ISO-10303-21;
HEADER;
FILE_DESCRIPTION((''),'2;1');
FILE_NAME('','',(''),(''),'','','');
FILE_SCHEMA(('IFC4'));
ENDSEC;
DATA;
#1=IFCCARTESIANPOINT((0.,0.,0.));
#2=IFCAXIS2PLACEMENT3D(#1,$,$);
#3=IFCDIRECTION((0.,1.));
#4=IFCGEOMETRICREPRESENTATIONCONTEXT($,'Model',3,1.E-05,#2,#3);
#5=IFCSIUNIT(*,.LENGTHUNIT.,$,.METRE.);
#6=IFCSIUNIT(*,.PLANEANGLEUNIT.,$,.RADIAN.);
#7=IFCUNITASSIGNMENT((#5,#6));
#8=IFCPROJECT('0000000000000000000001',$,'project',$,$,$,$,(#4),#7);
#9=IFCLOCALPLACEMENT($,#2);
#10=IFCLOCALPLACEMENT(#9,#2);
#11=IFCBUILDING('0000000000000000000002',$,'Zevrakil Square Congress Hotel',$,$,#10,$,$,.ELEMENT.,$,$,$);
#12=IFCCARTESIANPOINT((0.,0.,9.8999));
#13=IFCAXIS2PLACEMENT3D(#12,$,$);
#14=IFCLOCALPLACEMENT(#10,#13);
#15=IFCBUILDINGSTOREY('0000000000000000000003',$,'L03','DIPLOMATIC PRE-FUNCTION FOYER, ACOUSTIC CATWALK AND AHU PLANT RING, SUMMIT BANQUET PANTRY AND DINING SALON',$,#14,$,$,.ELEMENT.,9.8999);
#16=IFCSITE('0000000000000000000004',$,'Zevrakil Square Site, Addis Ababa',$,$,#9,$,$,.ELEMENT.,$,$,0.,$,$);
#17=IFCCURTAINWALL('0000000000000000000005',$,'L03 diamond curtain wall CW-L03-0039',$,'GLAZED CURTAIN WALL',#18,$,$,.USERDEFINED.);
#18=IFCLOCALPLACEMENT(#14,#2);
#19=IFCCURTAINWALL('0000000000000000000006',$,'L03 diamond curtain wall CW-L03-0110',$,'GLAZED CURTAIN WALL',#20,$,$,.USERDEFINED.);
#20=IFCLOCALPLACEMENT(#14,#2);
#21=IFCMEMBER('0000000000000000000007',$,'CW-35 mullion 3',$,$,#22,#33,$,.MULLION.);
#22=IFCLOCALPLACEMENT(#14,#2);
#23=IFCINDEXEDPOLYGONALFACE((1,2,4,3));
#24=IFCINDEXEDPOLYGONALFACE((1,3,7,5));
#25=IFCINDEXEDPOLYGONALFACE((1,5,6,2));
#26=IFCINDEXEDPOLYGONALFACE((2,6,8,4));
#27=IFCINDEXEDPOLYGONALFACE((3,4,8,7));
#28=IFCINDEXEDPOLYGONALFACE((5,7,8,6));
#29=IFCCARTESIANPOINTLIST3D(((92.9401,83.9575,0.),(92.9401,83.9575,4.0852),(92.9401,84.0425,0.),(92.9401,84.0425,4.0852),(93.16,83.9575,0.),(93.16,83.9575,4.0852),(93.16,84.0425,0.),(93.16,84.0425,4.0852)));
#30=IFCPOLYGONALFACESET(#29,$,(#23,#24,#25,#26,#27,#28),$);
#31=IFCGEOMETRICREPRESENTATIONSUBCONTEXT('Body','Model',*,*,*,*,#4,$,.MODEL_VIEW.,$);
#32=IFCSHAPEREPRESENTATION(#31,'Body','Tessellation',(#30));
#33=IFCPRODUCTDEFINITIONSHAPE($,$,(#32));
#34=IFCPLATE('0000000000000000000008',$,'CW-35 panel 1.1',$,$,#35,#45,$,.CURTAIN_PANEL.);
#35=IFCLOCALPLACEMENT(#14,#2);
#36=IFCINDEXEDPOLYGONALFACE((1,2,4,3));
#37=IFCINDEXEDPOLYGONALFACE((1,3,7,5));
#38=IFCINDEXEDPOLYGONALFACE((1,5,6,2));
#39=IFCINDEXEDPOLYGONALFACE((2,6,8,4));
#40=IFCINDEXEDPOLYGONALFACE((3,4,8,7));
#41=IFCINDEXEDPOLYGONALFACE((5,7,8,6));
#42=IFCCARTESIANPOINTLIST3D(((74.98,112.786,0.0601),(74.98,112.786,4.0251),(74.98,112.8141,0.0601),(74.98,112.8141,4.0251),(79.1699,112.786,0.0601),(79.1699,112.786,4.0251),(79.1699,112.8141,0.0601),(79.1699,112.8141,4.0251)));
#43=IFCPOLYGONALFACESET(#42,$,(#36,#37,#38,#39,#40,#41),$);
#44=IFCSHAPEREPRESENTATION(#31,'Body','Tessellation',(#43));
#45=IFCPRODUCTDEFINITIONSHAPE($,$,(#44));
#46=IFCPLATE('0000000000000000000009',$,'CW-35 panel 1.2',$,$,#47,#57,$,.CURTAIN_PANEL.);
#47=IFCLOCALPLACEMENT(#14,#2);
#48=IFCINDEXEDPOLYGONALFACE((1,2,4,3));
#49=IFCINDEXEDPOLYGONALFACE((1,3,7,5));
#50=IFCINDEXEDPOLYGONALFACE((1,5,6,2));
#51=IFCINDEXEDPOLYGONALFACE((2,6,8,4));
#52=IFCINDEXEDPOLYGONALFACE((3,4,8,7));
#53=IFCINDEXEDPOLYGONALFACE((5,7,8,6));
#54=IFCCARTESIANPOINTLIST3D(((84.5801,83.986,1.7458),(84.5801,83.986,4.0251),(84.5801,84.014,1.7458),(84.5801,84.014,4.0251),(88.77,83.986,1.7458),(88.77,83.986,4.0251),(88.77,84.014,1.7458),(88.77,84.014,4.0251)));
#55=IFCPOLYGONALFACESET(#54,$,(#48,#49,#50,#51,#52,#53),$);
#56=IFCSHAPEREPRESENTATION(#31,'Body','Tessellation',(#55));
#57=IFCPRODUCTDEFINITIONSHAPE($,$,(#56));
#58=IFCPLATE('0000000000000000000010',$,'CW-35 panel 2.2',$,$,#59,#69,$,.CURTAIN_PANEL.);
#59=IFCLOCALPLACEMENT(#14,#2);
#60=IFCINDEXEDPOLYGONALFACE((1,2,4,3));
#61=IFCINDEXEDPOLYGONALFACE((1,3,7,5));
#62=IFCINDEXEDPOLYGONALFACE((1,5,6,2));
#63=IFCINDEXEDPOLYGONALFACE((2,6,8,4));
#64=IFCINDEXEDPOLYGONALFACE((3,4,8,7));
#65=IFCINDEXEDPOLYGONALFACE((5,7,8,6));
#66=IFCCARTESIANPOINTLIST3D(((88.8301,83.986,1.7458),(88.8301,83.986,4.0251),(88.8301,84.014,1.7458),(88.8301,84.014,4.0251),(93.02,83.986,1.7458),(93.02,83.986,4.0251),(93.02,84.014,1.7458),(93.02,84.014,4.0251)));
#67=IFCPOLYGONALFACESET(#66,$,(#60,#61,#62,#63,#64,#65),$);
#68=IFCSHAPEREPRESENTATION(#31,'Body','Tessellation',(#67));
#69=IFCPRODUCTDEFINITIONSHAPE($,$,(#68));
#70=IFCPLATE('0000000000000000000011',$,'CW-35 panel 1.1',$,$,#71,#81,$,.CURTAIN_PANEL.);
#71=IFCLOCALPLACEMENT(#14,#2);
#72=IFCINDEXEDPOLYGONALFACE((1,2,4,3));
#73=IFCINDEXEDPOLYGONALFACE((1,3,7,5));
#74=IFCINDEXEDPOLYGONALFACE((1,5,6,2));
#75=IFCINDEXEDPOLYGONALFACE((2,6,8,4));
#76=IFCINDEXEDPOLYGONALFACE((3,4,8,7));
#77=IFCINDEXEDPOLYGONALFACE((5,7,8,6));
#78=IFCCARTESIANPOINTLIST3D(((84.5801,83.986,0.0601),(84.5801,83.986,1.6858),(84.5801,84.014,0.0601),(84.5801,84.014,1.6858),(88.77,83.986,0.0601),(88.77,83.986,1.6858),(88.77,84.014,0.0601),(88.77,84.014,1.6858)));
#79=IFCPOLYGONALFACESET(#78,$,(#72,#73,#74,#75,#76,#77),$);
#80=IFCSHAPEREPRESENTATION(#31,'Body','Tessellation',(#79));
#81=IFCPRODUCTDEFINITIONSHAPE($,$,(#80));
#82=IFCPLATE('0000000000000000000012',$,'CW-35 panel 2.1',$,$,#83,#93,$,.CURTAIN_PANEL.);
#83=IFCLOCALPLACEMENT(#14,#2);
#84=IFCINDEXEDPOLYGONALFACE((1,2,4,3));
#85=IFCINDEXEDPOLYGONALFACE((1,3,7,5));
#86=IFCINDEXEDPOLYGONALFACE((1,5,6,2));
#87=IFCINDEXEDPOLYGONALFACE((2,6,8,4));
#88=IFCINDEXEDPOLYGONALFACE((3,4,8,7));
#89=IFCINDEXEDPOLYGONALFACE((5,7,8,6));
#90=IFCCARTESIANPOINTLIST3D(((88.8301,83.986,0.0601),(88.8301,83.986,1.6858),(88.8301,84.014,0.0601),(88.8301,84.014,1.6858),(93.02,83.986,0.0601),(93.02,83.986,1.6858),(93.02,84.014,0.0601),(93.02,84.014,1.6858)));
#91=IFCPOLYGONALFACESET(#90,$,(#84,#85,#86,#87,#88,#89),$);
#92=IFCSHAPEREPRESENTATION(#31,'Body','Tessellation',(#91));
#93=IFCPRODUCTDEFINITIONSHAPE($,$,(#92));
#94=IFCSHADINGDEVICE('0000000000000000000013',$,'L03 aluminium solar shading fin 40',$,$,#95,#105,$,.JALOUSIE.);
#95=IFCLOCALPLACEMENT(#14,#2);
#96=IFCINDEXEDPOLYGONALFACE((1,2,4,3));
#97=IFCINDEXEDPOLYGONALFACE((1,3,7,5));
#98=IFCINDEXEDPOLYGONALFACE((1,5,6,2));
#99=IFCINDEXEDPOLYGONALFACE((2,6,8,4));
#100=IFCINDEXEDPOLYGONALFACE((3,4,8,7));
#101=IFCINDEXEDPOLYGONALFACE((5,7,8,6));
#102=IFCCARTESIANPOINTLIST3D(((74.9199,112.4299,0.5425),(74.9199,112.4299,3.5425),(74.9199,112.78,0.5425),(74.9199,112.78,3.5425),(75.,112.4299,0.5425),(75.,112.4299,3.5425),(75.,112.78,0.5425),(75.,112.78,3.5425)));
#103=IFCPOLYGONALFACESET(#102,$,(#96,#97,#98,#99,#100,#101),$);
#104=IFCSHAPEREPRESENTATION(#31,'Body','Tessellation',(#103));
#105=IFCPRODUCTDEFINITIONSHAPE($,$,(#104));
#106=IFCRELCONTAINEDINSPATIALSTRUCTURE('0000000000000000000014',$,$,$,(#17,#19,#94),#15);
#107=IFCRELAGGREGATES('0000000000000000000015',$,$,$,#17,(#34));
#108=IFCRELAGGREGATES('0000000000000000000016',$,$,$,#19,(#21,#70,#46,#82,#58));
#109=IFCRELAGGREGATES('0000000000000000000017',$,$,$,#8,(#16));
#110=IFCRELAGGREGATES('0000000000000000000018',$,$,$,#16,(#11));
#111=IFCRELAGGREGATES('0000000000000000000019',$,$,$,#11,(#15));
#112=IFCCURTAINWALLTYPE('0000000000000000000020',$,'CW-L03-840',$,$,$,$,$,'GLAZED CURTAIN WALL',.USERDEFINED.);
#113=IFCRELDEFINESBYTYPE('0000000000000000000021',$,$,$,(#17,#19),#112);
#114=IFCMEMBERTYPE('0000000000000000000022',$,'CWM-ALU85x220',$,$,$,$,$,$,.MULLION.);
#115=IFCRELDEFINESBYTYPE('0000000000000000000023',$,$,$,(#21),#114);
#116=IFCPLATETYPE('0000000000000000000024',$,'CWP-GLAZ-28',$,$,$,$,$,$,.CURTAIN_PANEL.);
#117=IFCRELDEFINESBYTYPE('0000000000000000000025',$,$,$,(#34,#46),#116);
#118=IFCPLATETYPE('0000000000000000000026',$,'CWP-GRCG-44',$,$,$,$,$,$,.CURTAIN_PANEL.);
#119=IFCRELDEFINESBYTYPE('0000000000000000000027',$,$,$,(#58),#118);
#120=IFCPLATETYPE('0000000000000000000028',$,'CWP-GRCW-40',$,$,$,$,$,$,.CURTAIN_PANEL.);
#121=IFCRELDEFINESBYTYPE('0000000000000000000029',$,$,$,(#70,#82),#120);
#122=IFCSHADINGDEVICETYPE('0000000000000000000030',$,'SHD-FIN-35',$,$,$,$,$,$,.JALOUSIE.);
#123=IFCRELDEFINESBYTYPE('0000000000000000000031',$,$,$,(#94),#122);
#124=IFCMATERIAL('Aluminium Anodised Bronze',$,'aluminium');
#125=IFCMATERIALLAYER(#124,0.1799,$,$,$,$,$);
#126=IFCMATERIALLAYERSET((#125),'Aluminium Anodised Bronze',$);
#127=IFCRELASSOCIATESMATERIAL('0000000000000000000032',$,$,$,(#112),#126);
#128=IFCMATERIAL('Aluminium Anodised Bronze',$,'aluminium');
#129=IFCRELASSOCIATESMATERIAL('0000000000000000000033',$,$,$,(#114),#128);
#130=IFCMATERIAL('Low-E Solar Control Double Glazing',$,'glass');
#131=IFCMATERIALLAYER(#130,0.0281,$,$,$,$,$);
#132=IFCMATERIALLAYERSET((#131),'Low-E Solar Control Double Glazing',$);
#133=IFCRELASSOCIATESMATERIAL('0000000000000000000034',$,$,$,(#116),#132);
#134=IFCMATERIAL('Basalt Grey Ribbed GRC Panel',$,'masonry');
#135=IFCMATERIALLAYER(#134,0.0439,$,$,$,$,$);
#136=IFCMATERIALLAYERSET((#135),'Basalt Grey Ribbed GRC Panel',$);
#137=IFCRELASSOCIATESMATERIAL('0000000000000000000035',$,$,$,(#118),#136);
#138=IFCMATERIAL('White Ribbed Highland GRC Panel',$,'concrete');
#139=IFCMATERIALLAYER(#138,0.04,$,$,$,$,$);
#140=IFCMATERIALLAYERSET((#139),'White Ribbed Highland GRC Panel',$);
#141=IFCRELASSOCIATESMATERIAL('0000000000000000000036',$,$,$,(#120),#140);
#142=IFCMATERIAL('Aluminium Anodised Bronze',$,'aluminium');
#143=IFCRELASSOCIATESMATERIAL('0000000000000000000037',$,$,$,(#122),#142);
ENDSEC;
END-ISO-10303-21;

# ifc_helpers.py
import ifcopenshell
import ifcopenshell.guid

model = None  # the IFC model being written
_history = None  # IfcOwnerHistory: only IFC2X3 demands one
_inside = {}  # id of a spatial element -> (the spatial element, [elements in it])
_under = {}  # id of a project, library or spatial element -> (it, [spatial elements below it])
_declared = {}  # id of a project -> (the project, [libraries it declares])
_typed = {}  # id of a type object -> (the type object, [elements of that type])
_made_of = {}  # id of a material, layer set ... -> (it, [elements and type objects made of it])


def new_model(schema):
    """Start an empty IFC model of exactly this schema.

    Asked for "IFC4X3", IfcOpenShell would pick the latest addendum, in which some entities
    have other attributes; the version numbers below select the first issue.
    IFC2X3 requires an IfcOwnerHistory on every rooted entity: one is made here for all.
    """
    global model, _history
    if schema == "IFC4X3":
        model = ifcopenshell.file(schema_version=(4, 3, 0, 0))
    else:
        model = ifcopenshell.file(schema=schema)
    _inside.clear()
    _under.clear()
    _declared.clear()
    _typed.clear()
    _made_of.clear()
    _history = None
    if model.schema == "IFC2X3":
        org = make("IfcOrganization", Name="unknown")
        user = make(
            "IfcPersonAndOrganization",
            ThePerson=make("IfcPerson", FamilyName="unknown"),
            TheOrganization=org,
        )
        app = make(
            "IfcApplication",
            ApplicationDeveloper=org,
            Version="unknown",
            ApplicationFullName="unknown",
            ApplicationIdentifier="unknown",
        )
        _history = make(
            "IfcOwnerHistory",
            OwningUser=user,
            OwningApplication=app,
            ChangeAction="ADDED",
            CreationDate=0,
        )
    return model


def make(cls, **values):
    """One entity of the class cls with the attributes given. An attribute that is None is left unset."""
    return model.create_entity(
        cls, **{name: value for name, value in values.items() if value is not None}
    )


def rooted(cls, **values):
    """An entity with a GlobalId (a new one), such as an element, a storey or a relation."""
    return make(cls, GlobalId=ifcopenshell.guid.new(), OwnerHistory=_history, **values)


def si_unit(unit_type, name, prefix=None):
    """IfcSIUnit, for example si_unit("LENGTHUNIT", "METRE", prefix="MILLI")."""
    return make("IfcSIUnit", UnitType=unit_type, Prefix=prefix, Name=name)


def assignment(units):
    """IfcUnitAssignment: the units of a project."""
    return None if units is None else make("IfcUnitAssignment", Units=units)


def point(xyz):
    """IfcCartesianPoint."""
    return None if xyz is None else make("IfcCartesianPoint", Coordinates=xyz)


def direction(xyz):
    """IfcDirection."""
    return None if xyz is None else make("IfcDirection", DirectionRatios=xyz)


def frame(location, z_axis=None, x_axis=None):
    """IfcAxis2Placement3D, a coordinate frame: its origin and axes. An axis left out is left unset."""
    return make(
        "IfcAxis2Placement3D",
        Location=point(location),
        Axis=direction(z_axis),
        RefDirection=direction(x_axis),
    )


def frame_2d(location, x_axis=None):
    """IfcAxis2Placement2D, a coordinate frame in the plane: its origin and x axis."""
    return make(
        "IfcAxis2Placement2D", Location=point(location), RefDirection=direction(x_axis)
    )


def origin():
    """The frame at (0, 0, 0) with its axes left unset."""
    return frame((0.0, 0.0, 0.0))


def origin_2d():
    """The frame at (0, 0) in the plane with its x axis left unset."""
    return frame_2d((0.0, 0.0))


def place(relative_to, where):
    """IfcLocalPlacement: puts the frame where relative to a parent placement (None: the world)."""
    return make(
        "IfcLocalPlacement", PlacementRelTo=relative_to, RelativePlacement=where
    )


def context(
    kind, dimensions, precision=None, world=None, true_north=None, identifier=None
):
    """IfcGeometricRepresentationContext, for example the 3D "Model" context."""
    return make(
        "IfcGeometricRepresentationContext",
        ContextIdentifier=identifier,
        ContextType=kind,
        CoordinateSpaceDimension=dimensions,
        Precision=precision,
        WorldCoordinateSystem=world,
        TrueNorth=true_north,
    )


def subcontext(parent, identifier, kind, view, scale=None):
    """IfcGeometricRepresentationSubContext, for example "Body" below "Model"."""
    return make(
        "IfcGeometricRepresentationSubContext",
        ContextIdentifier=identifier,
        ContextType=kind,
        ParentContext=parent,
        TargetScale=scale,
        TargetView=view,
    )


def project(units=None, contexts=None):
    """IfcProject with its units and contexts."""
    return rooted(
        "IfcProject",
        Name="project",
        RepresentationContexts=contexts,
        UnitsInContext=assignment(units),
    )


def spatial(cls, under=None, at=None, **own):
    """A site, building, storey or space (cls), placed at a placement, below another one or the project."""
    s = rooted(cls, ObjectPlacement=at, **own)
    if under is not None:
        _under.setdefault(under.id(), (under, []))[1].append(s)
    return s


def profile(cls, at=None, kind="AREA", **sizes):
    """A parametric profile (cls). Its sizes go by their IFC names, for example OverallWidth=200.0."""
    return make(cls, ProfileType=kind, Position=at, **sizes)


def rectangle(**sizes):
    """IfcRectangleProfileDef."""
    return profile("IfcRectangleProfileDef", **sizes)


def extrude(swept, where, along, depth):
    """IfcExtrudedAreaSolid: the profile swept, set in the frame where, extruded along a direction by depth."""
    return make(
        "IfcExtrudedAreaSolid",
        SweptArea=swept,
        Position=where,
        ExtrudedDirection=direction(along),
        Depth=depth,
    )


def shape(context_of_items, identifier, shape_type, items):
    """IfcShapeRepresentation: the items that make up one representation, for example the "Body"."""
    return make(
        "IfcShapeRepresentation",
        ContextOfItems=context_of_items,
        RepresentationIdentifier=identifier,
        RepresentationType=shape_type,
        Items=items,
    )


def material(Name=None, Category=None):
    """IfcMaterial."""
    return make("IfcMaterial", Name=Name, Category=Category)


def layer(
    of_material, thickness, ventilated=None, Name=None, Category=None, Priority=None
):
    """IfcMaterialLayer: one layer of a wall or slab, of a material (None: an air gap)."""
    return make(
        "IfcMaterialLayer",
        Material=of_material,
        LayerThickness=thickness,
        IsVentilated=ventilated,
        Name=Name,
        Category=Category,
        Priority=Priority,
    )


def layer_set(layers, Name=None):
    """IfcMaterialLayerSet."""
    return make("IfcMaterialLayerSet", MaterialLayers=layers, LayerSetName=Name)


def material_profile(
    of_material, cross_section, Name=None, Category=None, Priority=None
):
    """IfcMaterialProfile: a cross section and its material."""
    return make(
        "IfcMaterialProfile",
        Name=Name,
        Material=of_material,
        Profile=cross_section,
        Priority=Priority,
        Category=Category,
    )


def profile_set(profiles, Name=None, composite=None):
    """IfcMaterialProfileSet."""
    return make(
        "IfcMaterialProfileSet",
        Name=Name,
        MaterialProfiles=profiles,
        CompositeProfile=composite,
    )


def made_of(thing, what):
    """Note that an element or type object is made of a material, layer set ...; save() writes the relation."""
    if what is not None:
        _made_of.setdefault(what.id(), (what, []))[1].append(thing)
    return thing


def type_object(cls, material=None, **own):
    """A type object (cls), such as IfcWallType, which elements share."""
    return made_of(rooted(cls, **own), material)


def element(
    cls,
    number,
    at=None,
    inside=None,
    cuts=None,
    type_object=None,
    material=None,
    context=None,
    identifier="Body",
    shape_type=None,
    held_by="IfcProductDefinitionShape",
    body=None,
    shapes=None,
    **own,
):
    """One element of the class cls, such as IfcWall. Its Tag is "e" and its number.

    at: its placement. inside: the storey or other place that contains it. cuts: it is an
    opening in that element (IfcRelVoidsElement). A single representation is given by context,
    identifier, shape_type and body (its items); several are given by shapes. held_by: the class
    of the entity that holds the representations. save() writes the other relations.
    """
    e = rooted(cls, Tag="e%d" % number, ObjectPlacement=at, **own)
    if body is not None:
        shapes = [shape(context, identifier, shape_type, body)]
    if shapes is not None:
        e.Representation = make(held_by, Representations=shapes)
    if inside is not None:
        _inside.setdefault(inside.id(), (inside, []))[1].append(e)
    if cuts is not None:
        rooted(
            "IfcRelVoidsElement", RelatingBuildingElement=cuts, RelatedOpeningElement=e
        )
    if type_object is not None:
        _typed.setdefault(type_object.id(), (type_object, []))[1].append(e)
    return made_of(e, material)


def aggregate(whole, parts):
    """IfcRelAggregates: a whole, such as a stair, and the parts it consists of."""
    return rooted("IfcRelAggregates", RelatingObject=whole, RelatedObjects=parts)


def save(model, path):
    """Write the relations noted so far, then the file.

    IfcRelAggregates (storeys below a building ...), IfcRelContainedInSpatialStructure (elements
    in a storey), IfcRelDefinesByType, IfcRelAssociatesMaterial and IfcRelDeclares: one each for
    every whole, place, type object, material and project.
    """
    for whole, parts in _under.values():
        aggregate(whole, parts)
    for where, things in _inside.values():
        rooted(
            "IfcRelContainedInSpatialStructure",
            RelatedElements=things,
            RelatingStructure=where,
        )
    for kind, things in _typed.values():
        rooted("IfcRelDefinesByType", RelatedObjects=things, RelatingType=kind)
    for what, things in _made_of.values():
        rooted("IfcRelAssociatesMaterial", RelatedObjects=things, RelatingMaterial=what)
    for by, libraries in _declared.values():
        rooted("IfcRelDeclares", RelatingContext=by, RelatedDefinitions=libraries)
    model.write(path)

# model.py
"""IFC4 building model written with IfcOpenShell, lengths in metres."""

from ifc_helpers import new_model, si_unit, direction, frame, origin, origin_2d, place, context, subcontext, project, spatial, rectangle, extrude, material, layer, layer_set, material_profile, profile_set, type_object, element, aggregate, save


model = new_model("IFC4")

# Units and contexts
model_context = context("Model", 3, precision=1e-05, world=origin(), true_north=direction((0.0, 1.0)))
body_context = subcontext(model_context, "Body", "Model", "MODEL_VIEW")
ifc_project = project(units=[si_unit("LENGTHUNIT", "METRE"), si_unit("PLANEANGLEUNIT", "RADIAN")], contexts=[model_context])

# Site, building, storey
site_placement = place(None, origin())
site = spatial("IfcSite", under=ifc_project, at=site_placement, Name="Zevrakil Square Site, Addis Ababa", CompositionType="ELEMENT", RefElevation=0.0)
building_placement = place(site_placement, origin())
building = spatial("IfcBuilding", under=site, at=building_placement, Name="Zevrakil Square Congress Hotel", CompositionType="ELEMENT")
storey_placement = place(building_placement, frame((0.0, 0.0, 9.8999)))
storey = spatial("IfcBuildingStorey", under=building, at=storey_placement, Name="L03", Description="DIPLOMATIC PRE-FUNCTION FOYER, ACOUSTIC CATWALK AND AHU PLANT RING, SUMMIT BANQUET PANTRY AND DINING SALON", CompositionType="ELEMENT", Elevation=9.8999)

# Curtain walls
ifc_material_1 = material(Name="Aluminium Anodised Bronze", Category="aluminium")
ifc_layer_1 = layer(ifc_material_1, 0.1799)
ifc_layer_set_1 = layer_set([ifc_layer_1], Name="Aluminium Anodised Bronze")
curtain_wall_type = type_object("IfcCurtainWallType", Name="CW-L03-840", ElementType="GLAZED CURTAIN WALL", PredefinedType="USERDEFINED", material=ifc_layer_set_1)
curtain_wall_1_placement = place(storey_placement, origin())
curtain_wall_1 = element("IfcCurtainWall", 1, at=curtain_wall_1_placement, inside=storey, type_object=curtain_wall_type, Name="L03 diamond curtain wall CW-L03-0039", ObjectType="GLAZED CURTAIN WALL", PredefinedType="USERDEFINED")
curtain_wall_2_placement = place(storey_placement, origin())
curtain_wall_2 = element("IfcCurtainWall", 2, at=curtain_wall_2_placement, inside=storey, type_object=curtain_wall_type, Name="L03 diamond curtain wall CW-L03-0110", ObjectType="GLAZED CURTAIN WALL", PredefinedType="USERDEFINED")

# Member
ifc_material_2 = material(Name="Aluminium Anodised Bronze", Category="aluminium")
ifc_material_profile_1 = material_profile(ifc_material_2, rectangle(XDim=0.085, YDim=0.22, at=origin_2d()), Name="ALU 85x220")
ifc_profile_set_1 = profile_set([ifc_material_profile_1], Name="Aluminium Anodised Bronze")
member_type_1 = type_object("IfcMemberType", Name="CWM-ALU85x220", PredefinedType="MULLION", material=ifc_profile_set_1)
member_1_placement = place(storey_placement, frame((93.05, 84.0, 0.0), z_axis=(0.0, 0.0, 1.0), x_axis=(0.0, 1.0, 0.0)))
member_1 = element("IfcMember", 3, at=member_1_placement, type_object=member_type_1, Name="CW-35 mullion 3", PredefinedType="MULLION", context=body_context, shape_type="SweptSolid", body=[
    extrude(rectangle(XDim=0.085, YDim=0.22, at=origin_2d()), origin(), (0.0, 0.0, 1.0), 4.0852),
])

# Plates
ifc_material_3 = material(Name="Low-E Solar Control Double Glazing", Category="glass")
ifc_layer_2 = layer(ifc_material_3, 0.0281)
ifc_layer_set_2 = layer_set([ifc_layer_2], Name="Low-E Solar Control Double Glazing")
plate_type_1 = type_object("IfcPlateType", Name="CWP-GLAZ-28", PredefinedType="CURTAIN_PANEL", material=ifc_layer_set_2)
plate_1_placement = place(storey_placement, frame((77.075, 112.8, 0.0601), z_axis=(0.0, 0.0, 1.0), x_axis=(1.0, 0.0, 0.0)))
plate_1 = element("IfcPlate", 4, at=plate_1_placement, type_object=plate_type_1, Name="CW-35 panel 1.1", PredefinedType="CURTAIN_PANEL", context=body_context, shape_type="SweptSolid", body=[
    extrude(rectangle(XDim=4.1899, YDim=0.0281, at=origin_2d()), origin(), (0.0, 0.0, 1.0), 3.9651),
])
aggregate(curtain_wall_1, [plate_1])
plate_2_placement = place(storey_placement, frame((86.675, 84.0, 1.7458), z_axis=(0.0, 0.0, 1.0), x_axis=(1.0, 0.0, 0.0)))
plate_2 = element("IfcPlate", 5, at=plate_2_placement, type_object=plate_type_1, Name="CW-35 panel 1.2", PredefinedType="CURTAIN_PANEL", context=body_context, shape_type="SweptSolid", body=[
    extrude(rectangle(XDim=4.1899, YDim=0.0281, at=origin_2d()), origin(), (0.0, 0.0, 1.0), 2.2793),
])
ifc_material_4 = material(Name="Basalt Grey Ribbed GRC Panel", Category="masonry")
ifc_layer_3 = layer(ifc_material_4, 0.0439)
ifc_layer_set_3 = layer_set([ifc_layer_3], Name="Basalt Grey Ribbed GRC Panel")
plate_type_2 = type_object("IfcPlateType", Name="CWP-GRCG-44", PredefinedType="CURTAIN_PANEL", material=ifc_layer_set_3)
plate_3_placement = place(storey_placement, frame((90.925, 84.0, 1.7458), z_axis=(0.0, 0.0, 1.0), x_axis=(1.0, 0.0, 0.0)))
plate_3 = element("IfcPlate", 6, at=plate_3_placement, type_object=plate_type_2, Name="CW-35 panel 2.2", PredefinedType="CURTAIN_PANEL", context=body_context, shape_type="SweptSolid", body=[
    extrude(rectangle(XDim=4.1899, YDim=0.0281, at=origin_2d()), origin(), (0.0, 0.0, 1.0), 2.2793),
])
ifc_material_5 = material(Name="White Ribbed Highland GRC Panel", Category="concrete")
ifc_layer_4 = layer(ifc_material_5, 0.04)
ifc_layer_set_4 = layer_set([ifc_layer_4], Name="White Ribbed Highland GRC Panel")
plate_type_3 = type_object("IfcPlateType", Name="CWP-GRCW-40", PredefinedType="CURTAIN_PANEL", material=ifc_layer_set_4)
plate_4_placement = place(storey_placement, frame((86.675, 84.0, 0.0601), z_axis=(0.0, 0.0, 1.0), x_axis=(1.0, 0.0, 0.0)))
plate_4 = element("IfcPlate", 7, at=plate_4_placement, type_object=plate_type_3, Name="CW-35 panel 1.1", PredefinedType="CURTAIN_PANEL", context=body_context, shape_type="SweptSolid", body=[
    extrude(rectangle(XDim=4.1899, YDim=0.0281, at=origin_2d()), origin(), (0.0, 0.0, 1.0), 1.6257),
])
plate_5_placement = place(storey_placement, frame((90.925, 84.0, 0.0601), z_axis=(0.0, 0.0, 1.0), x_axis=(1.0, 0.0, 0.0)))
plate_5 = element("IfcPlate", 8, at=plate_5_placement, type_object=plate_type_3, Name="CW-35 panel 2.1", PredefinedType="CURTAIN_PANEL", context=body_context, shape_type="SweptSolid", body=[
    extrude(rectangle(XDim=4.1899, YDim=0.0281, at=origin_2d()), origin(), (0.0, 0.0, 1.0), 1.6257),
])
aggregate(curtain_wall_2, [member_1, plate_4, plate_2, plate_5, plate_3])

# Shading device
ifc_material_6 = material(Name="Aluminium Anodised Bronze", Category="aluminium")
shading_device_type = type_object("IfcShadingDeviceType", Name="SHD-FIN-35", PredefinedType="JALOUSIE", material=ifc_material_6)
shading_device_placement = place(storey_placement, frame((74.96, 112.605, 0.5425), z_axis=(0.0, 0.0, 1.0), x_axis=(0.0, -1.0, 0.0)))
element("IfcShadingDevice", 9, at=shading_device_placement, inside=storey, type_object=shading_device_type, Name="L03 aluminium solar shading fin 40", PredefinedType="JALOUSIE", context=body_context, shape_type="SweptSolid", body=[
    extrude(rectangle(XDim=0.3501, YDim=0.0801, at=origin_2d()), origin(), (0.0, 0.0, 1.0), 3.0),
])

save(model, "model.ifc")
